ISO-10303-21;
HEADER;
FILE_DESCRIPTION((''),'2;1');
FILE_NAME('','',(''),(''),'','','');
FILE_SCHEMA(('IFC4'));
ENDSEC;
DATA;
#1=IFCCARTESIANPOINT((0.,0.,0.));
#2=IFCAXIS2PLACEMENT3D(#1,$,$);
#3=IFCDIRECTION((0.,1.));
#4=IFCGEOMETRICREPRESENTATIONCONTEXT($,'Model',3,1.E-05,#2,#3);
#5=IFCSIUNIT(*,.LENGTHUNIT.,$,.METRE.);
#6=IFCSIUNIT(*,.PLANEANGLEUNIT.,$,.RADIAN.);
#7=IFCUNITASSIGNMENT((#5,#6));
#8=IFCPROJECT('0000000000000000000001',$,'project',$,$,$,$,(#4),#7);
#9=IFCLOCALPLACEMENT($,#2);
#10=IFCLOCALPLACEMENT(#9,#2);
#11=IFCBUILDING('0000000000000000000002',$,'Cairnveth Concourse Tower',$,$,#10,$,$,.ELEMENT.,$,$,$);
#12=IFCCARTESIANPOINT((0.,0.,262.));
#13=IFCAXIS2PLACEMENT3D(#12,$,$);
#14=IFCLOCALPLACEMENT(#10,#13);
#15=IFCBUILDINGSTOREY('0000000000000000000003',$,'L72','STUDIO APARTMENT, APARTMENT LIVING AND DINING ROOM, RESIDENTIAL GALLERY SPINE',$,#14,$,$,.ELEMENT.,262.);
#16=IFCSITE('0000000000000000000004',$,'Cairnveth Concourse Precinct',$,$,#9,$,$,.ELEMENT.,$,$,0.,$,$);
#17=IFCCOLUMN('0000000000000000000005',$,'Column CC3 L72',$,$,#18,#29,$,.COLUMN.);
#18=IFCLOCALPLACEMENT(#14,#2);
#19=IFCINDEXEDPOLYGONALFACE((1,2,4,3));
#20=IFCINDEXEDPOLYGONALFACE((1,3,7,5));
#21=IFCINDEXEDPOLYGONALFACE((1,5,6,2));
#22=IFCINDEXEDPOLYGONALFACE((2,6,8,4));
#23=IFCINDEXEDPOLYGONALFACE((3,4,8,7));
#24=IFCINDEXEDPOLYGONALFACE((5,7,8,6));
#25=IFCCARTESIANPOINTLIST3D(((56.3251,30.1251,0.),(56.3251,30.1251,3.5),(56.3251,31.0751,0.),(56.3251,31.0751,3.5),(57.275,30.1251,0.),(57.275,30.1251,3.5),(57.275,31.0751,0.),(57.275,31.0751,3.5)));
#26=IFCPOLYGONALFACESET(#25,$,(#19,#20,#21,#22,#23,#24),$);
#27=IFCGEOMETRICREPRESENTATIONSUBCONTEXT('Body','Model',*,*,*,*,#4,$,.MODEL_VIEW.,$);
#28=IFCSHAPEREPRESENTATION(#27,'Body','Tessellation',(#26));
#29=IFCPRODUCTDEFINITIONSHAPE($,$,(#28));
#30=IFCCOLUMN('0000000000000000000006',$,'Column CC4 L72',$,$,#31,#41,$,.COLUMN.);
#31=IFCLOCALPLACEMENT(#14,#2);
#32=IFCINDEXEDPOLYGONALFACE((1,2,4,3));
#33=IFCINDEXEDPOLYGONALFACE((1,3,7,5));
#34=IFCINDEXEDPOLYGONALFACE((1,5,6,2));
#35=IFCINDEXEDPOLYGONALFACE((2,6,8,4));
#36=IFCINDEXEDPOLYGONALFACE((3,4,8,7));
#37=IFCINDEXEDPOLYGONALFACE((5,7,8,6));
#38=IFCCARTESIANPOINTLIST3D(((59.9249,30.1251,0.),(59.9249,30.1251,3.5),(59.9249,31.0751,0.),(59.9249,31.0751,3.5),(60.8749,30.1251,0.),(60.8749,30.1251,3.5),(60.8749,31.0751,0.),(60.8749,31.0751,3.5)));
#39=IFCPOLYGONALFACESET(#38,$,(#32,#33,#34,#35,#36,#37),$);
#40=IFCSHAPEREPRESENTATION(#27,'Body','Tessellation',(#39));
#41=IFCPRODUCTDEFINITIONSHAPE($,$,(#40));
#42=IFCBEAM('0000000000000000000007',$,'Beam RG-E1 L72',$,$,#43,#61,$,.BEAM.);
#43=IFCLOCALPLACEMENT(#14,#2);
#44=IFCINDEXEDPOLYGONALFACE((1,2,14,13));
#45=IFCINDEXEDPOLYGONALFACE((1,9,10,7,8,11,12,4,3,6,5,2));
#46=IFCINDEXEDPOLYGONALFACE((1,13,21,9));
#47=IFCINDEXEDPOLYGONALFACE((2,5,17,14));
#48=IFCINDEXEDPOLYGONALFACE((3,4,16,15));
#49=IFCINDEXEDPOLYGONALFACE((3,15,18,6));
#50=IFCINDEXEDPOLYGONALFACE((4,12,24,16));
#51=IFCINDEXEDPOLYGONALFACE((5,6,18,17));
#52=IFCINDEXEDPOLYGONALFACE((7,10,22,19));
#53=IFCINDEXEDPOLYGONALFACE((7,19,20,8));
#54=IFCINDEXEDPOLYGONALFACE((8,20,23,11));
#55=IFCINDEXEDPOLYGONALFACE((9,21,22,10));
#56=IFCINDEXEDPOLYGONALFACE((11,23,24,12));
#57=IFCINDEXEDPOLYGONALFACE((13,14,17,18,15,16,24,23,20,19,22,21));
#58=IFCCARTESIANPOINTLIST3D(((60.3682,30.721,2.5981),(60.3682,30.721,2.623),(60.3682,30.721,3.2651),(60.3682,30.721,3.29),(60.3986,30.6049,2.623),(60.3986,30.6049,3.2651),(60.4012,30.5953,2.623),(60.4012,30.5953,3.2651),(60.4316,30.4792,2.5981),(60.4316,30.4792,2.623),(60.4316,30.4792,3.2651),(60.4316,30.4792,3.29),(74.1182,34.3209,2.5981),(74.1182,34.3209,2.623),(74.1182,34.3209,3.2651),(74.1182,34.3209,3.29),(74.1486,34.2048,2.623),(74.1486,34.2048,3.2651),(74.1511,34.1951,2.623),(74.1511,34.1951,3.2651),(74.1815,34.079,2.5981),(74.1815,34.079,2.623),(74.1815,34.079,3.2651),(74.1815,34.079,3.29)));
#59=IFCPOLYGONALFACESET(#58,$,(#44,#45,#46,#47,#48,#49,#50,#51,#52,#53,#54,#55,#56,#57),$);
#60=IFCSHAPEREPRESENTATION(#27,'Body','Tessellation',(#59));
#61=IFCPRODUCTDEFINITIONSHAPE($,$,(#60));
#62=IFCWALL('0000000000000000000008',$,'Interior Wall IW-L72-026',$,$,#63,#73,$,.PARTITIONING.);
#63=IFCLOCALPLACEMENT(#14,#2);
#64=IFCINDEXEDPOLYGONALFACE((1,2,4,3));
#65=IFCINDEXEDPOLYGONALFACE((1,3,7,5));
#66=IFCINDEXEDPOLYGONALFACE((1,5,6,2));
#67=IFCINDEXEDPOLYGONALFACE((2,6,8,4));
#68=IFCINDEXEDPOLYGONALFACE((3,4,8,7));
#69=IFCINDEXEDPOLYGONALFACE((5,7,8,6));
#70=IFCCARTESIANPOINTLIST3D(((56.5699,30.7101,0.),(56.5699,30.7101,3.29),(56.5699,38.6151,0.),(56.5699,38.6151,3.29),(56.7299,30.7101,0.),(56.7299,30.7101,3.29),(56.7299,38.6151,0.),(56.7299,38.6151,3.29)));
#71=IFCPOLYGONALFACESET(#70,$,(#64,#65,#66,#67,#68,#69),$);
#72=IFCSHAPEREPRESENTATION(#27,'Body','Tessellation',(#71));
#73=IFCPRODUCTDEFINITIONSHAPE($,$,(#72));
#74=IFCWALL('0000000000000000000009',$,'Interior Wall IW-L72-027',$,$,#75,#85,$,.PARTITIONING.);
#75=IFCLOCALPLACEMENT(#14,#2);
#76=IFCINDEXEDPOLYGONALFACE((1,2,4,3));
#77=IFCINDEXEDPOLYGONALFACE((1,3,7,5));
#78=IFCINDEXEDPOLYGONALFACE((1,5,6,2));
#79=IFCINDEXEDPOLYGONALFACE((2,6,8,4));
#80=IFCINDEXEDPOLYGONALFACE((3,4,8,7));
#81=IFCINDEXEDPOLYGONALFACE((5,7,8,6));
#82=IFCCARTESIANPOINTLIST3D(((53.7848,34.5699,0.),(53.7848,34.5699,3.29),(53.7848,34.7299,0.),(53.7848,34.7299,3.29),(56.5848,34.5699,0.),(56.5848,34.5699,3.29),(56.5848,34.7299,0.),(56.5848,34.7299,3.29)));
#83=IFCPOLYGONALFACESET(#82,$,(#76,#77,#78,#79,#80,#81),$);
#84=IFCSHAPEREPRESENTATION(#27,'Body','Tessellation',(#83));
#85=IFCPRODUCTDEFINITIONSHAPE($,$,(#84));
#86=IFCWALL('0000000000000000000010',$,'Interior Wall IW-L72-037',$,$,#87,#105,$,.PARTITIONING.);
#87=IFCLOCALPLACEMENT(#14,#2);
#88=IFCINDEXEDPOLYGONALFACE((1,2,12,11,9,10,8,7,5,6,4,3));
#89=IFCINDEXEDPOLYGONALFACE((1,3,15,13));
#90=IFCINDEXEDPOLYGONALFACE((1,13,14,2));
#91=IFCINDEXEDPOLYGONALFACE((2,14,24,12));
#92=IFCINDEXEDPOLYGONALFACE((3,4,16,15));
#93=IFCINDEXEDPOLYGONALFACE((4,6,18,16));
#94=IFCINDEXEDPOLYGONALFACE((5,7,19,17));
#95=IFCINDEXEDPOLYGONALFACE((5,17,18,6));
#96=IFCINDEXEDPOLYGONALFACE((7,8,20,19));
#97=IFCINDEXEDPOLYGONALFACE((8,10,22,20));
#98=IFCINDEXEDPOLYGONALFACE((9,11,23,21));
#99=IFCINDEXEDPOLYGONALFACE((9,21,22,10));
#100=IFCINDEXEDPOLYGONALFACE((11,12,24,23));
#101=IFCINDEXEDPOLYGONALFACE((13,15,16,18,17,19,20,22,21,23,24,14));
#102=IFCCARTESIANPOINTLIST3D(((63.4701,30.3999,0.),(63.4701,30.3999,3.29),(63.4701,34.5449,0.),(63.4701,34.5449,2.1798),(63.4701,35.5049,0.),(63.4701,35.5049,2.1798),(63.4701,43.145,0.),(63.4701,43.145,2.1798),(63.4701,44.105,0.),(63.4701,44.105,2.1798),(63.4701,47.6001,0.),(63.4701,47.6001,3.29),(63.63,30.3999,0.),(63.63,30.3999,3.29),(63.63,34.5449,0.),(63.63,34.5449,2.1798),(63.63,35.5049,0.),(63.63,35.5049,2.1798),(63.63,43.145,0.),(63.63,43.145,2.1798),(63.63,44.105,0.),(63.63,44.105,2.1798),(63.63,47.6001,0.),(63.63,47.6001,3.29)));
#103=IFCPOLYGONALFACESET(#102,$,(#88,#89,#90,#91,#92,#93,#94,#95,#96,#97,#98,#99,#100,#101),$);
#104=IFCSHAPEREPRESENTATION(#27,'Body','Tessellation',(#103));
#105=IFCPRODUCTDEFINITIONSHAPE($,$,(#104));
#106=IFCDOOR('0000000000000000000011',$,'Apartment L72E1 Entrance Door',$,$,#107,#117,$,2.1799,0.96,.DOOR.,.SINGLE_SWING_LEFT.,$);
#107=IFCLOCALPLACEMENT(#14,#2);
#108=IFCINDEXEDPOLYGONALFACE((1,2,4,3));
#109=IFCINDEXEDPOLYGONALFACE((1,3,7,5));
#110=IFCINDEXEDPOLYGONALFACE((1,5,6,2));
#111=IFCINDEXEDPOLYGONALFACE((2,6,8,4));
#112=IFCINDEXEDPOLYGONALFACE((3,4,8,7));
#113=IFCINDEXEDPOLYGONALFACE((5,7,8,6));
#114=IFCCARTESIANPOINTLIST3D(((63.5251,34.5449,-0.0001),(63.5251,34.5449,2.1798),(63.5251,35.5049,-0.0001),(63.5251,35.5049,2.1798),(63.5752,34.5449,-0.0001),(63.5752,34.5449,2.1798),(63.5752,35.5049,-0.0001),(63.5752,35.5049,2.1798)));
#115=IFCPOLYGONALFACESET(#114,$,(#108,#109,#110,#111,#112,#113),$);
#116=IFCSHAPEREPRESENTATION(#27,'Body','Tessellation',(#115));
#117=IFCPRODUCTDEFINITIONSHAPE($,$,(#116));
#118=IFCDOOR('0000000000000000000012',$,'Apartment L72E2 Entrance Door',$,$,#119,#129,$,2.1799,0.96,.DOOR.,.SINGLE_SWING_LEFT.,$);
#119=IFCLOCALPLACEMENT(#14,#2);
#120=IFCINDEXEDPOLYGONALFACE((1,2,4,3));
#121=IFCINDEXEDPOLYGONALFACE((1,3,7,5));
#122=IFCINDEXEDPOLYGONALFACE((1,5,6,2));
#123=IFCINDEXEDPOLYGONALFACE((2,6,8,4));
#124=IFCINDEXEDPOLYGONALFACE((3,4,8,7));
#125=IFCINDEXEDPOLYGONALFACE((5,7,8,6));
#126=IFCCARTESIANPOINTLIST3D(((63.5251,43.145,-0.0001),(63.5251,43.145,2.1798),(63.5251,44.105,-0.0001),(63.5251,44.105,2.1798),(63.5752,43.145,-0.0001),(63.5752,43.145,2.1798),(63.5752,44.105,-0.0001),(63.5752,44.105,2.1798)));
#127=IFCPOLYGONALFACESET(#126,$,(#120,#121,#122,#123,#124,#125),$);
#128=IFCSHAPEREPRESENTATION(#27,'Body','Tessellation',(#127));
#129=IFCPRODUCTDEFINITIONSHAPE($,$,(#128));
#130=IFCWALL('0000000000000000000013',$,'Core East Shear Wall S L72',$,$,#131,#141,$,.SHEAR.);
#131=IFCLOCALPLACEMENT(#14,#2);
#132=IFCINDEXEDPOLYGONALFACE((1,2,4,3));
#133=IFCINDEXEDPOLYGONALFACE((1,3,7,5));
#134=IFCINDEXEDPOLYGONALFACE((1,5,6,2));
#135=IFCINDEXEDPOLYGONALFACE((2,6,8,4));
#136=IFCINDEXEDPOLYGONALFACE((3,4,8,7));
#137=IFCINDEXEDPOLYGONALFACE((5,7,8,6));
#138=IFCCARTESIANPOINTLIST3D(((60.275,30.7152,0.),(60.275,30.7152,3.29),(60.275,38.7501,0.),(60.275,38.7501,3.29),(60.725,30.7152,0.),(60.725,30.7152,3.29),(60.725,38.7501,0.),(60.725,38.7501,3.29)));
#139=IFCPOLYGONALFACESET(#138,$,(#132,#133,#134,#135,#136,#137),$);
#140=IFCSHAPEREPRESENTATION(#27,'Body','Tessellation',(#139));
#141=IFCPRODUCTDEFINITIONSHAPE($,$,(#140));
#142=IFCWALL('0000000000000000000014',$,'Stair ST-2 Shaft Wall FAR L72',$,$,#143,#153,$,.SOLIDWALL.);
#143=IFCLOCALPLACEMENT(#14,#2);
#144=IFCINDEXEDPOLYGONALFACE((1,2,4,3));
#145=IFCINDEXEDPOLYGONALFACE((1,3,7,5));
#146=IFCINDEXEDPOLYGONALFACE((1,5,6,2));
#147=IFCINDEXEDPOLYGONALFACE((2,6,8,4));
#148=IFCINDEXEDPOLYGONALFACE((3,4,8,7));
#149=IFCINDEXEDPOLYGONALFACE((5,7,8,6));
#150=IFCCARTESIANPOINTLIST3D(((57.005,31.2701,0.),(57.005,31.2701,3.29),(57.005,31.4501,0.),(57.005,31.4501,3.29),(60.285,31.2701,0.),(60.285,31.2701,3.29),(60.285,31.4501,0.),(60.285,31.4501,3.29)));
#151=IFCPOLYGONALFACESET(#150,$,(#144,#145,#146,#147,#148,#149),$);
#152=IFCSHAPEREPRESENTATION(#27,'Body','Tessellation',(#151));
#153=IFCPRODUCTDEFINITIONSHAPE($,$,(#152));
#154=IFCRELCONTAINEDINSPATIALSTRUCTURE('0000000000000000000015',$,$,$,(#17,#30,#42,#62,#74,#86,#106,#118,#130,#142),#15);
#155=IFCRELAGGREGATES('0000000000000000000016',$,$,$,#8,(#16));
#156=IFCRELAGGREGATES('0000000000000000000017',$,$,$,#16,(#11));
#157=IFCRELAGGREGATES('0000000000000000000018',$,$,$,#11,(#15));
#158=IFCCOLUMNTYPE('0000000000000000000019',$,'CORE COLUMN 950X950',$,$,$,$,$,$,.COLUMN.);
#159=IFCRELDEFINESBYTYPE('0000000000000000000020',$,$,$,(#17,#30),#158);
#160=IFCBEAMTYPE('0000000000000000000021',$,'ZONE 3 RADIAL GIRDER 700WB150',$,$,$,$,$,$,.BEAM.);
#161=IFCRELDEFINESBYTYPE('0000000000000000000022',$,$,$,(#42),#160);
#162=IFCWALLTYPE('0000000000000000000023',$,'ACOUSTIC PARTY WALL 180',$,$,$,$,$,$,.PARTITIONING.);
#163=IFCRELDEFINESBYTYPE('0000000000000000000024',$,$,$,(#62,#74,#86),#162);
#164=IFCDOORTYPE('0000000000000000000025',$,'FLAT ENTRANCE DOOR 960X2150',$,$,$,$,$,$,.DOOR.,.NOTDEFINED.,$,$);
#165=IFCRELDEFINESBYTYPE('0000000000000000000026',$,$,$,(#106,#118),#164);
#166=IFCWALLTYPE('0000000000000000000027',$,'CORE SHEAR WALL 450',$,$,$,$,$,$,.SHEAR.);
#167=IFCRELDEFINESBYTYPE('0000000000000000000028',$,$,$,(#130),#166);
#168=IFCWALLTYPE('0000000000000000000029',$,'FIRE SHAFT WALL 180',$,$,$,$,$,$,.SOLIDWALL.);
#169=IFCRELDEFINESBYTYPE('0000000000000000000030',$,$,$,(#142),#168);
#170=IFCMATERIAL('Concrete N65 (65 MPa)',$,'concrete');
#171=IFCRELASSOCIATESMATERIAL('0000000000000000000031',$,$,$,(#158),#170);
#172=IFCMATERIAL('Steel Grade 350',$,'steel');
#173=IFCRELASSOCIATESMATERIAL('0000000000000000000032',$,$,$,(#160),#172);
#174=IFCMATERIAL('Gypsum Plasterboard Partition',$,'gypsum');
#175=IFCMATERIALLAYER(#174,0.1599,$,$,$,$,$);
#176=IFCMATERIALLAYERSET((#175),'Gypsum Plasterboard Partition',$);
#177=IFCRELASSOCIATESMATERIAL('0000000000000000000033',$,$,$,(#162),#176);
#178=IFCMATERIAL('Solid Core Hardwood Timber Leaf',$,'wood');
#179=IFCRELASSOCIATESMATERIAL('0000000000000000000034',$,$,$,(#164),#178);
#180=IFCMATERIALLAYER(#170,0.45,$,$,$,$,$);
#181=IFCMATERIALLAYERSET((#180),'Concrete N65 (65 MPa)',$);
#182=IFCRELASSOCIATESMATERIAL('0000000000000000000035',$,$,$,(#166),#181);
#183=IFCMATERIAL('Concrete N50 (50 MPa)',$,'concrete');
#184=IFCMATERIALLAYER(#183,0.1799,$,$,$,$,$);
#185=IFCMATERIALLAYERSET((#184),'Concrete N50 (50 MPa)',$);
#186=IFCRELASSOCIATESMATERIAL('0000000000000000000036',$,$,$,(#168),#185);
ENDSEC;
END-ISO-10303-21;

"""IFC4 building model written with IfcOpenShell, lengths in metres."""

from ifc_helpers import new_model, si_unit, direction, frame, frame_2d, origin, origin_2d, place, context, subcontext, project, spatial, rectangle, i_section, extrude, material, layer, layer_set, material_profile, profile_set, type_object, element, fill, save


model = new_model("IFC4")

# Units and contexts
model_context = context("Model", 3, precision=1e-05, world=origin(), true_north=direction((0.0, 1.0)))
body_context = subcontext(model_context, "Body", "Model", "MODEL_VIEW")
ifc_project = project(units=[si_unit("LENGTHUNIT", "METRE"), si_unit("PLANEANGLEUNIT", "RADIAN")], contexts=[model_context])

# Site, building, storey
site_placement = place(None, origin())
site = spatial("IfcSite", under=ifc_project, at=site_placement, Name="Cairnveth Concourse Precinct", CompositionType="ELEMENT", RefElevation=0.0)
building_placement = place(site_placement, origin())
building = spatial("IfcBuilding", under=site, at=building_placement, Name="Cairnveth Concourse Tower", CompositionType="ELEMENT")
storey_placement = place(building_placement, frame((0.0, 0.0, 262.0)))
storey = spatial("IfcBuildingStorey", under=building, at=storey_placement, Name="L72", Description="STUDIO APARTMENT, APARTMENT LIVING AND DINING ROOM, RESIDENTIAL GALLERY SPINE", CompositionType="ELEMENT", Elevation=262.0)

# Columns
ifc_material_1 = material(Name="Concrete N65 (65 MPa)", Category="concrete")
ifc_material_profile_1 = material_profile(ifc_material_1, rectangle(XDim=0.95, YDim=0.95, at=origin_2d()), Name="RC-COL-950x950")
ifc_profile_set_1 = profile_set([ifc_material_profile_1], Name="Concrete N65 (65 MPa)")
column_type = type_object("IfcColumnType", Name="CORE COLUMN 950X950", PredefinedType="COLUMN", material=ifc_profile_set_1)
for number, where, z_axis, x_axis, name in (
    (1, (56.8, 30.6001, 0.0), (0.0, 0.0, 1.0), (1.0, 0.0, 0.0), "Column CC3 L72"),
    (2, (60.3999, 30.6001, 0.0), (0.0, 0.0, 1.0), (1.0, 0.0, 0.0), "Column CC4 L72"),
):
    element("IfcColumn", number, at=place(storey_placement, frame(where, z_axis=z_axis, x_axis=x_axis)), inside=storey, type_object=column_type, Name=name, PredefinedType="COLUMN", context=body_context, shape_type="SweptSolid", body=[
        extrude(rectangle(XDim=0.95, YDim=0.95, at=origin_2d()), origin(), (0.0, 0.0, 1.0), 3.5),
    ])

# Beam
ifc_material_2 = material(Name="Steel Grade 350", Category="steel")
ifc_material_profile_2 = material_profile(ifc_material_2, i_section(OverallWidth=0.25, OverallDepth=0.6919, WebThickness=0.01, FlangeThickness=0.0249, at=origin_2d()), Name="700WB150")
ifc_profile_set_2 = profile_set([ifc_material_profile_2], Name="Steel Grade 350")
beam_type = type_object("IfcBeamType", Name="ZONE 3 RADIAL GIRDER 700WB150", PredefinedType="BEAM", material=ifc_profile_set_2)
beam_placement = place(storey_placement, frame((60.3999, 30.6001, 2.9441), z_axis=(0.967395, 0.253271, 0.0), x_axis=(-0.253271, 0.967395, 0.0)))
element("IfcBeam", 3, at=beam_placement, inside=storey, type_object=beam_type, Name="Beam RG-E1 L72", PredefinedType="BEAM", context=body_context, shape_type="SweptSolid", body=[
    extrude(i_section(OverallWidth=0.25, OverallDepth=0.6919, WebThickness=0.01, FlangeThickness=0.0249, at=origin_2d()), origin(), (0.0, 0.0, 1.0), 14.2134),
])

# Walls
ifc_material_3 = material(Name="Gypsum Plasterboard Partition", Category="gypsum")
ifc_layer_1 = layer(ifc_material_3, 0.1599)
ifc_layer_set_1 = layer_set([ifc_layer_1], Name="Gypsum Plasterboard Partition")
wall_type_1 = type_object("IfcWallType", Name="ACOUSTIC PARTY WALL 180", PredefinedType="PARTITIONING", material=ifc_layer_set_1)
wall_1_placement = place(storey_placement, frame((56.6499, 30.71, 0.0), z_axis=(0.0, 0.0, 1.0), x_axis=(0.0, 1.0, 0.0)))
element("IfcWall", 4, at=wall_1_placement, inside=storey, type_object=wall_type_1, Name="Interior Wall IW-L72-026", PredefinedType="PARTITIONING", context=body_context, shape_type="SweptSolid", body=[
    extrude(rectangle(XDim=7.905, YDim=0.1599, at=frame_2d((3.9526, 0.0))), origin(), (0.0, 0.0, 1.0), 3.29),
])
wall_2_placement = place(storey_placement, frame((53.7849, 34.6499, 0.0), z_axis=(0.0, 0.0, 1.0), x_axis=(1.0, 0.0, 0.0)))
element("IfcWall", 5, at=wall_2_placement, inside=storey, type_object=wall_type_1, Name="Interior Wall IW-L72-027", PredefinedType="PARTITIONING", context=body_context, shape_type="SweptSolid", body=[
    extrude(rectangle(XDim=2.8, YDim=0.1599, at=frame_2d((1.3999, 0.0))), origin(), (0.0, 0.0, 1.0), 3.29),
])

# Wall, openings, doors
wall_3_placement = place(storey_placement, frame((63.55, 30.3999, 0.0), z_axis=(0.0, 0.0, 1.0), x_axis=(0.0, 1.0, 0.0)))
wall_3 = element("IfcWall", 6, at=wall_3_placement, inside=storey, type_object=wall_type_1, Name="Interior Wall IW-L72-037", PredefinedType="PARTITIONING", context=body_context, shape_type="SweptSolid", body=[
    extrude(rectangle(XDim=17.2002, YDim=0.1599, at=frame_2d((8.6001, 0.0))), origin(), (0.0, 0.0, 1.0), 3.29),
])
opening_1_placement = place(wall_3_placement, frame((4.145, 0.0, 0.0)))
opening_1 = element("IfcOpeningElement", 7, at=opening_1_placement, cuts=wall_3, PredefinedType="OPENING", context=body_context, shape_type="SweptSolid", body=[
    extrude(rectangle(XDim=0.96, YDim=2.1799, at=frame_2d((0.48, 1.0898))), frame((0.0, 0.0898, 0.0), z_axis=(0.0, -1.0, 0.0), x_axis=(1.0, 0.0, 0.0)), (0.0, 0.0, 1.0), 0.1799),
])
opening_2_placement = place(wall_3_placement, frame((12.7451, 0.0, 0.0)))
opening_2 = element("IfcOpeningElement", 8, at=opening_2_placement, cuts=wall_3, PredefinedType="OPENING", context=body_context, shape_type="SweptSolid", body=[
    extrude(rectangle(XDim=0.96, YDim=2.1799, at=frame_2d((0.48, 1.0898))), frame((0.0, 0.0898, 0.0), z_axis=(0.0, -1.0, 0.0), x_axis=(1.0, 0.0, 0.0)), (0.0, 0.0, 1.0), 0.1799),
])
ifc_material_4 = material(Name="Solid Core Hardwood Timber Leaf", Category="wood")
door_type_1 = type_object("IfcDoorType", Name="FLAT ENTRANCE DOOR 960X2150", OperationType="NOTDEFINED", PredefinedType="DOOR", material=ifc_material_4)
door_1_placement = place(opening_1_placement, origin())
door_1 = element("IfcDoor", 9, at=door_1_placement, inside=storey, type_object=door_type_1, Name="Apartment L72E1 Entrance Door", OperationType="SINGLE_SWING_LEFT", OverallHeight=2.1799, OverallWidth=0.96, PredefinedType="DOOR", context=body_context, shape_type="SweptSolid", body=[
    extrude(rectangle(XDim=0.96, YDim=2.1799, at=frame_2d((0.48, 1.0898))), frame((0.0, 0.0249, 0.0), z_axis=(0.0, -1.0, 0.0), x_axis=(1.0, 0.0, 0.0)), (0.0, 0.0, 1.0), 0.05),
])
fill(opening_1, door_1)
door_2_placement = place(opening_2_placement, origin())
door_2 = element("IfcDoor", 10, at=door_2_placement, inside=storey, type_object=door_type_1, Name="Apartment L72E2 Entrance Door", OperationType="SINGLE_SWING_LEFT", OverallHeight=2.1799, OverallWidth=0.96, PredefinedType="DOOR", context=body_context, shape_type="SweptSolid", body=[
    extrude(rectangle(XDim=0.96, YDim=2.1799, at=frame_2d((0.48, 1.0898))), frame((0.0, 0.0249, 0.0), z_axis=(0.0, -1.0, 0.0), x_axis=(1.0, 0.0, 0.0)), (0.0, 0.0, 1.0), 0.05),
])
fill(opening_2, door_2)

# Walls
ifc_layer_2 = layer(ifc_material_1, 0.45)
ifc_layer_set_2 = layer_set([ifc_layer_2], Name="Concrete N65 (65 MPa)")
wall_type_2 = type_object("IfcWallType", Name="CORE SHEAR WALL 450", PredefinedType="SHEAR", material=ifc_layer_set_2)
wall_4_placement = place(storey_placement, frame((60.5, 30.7151, 0.0), z_axis=(0.0, 0.0, 1.0), x_axis=(0.0, 1.0, 0.0)))
element("IfcWall", 11, at=wall_4_placement, inside=storey, type_object=wall_type_2, Name="Core East Shear Wall S L72", PredefinedType="SHEAR", context=body_context, shape_type="SweptSolid", body=[
    extrude(rectangle(XDim=8.0349, YDim=0.45, at=frame_2d((4.0176, 0.0))), origin(), (0.0, 0.0, 1.0), 3.29),
])
ifc_material_5 = material(Name="Concrete N50 (50 MPa)", Category="concrete")
ifc_layer_3 = layer(ifc_material_5, 0.1799)
ifc_layer_set_3 = layer_set([ifc_layer_3], Name="Concrete N50 (50 MPa)")
wall_type_3 = type_object("IfcWallType", Name="FIRE SHAFT WALL 180", PredefinedType="SOLIDWALL", material=ifc_layer_set_3)
wall_5_placement = place(storey_placement, frame((57.0049, 31.3601, 0.0), z_axis=(0.0, 0.0, 1.0), x_axis=(1.0, 0.0, 0.0)))
element("IfcWall", 12, at=wall_5_placement, inside=storey, type_object=wall_type_3, Name="Stair ST-2 Shaft Wall FAR L72", PredefinedType="SOLIDWALL", context=body_context, shape_type="SweptSolid", body=[
    extrude(rectangle(XDim=3.28, YDim=0.1799, at=frame_2d((1.6401, 0.0))), origin(), (0.0, 0.0, 1.0), 3.29),
])

save(model, "model.ifc")
